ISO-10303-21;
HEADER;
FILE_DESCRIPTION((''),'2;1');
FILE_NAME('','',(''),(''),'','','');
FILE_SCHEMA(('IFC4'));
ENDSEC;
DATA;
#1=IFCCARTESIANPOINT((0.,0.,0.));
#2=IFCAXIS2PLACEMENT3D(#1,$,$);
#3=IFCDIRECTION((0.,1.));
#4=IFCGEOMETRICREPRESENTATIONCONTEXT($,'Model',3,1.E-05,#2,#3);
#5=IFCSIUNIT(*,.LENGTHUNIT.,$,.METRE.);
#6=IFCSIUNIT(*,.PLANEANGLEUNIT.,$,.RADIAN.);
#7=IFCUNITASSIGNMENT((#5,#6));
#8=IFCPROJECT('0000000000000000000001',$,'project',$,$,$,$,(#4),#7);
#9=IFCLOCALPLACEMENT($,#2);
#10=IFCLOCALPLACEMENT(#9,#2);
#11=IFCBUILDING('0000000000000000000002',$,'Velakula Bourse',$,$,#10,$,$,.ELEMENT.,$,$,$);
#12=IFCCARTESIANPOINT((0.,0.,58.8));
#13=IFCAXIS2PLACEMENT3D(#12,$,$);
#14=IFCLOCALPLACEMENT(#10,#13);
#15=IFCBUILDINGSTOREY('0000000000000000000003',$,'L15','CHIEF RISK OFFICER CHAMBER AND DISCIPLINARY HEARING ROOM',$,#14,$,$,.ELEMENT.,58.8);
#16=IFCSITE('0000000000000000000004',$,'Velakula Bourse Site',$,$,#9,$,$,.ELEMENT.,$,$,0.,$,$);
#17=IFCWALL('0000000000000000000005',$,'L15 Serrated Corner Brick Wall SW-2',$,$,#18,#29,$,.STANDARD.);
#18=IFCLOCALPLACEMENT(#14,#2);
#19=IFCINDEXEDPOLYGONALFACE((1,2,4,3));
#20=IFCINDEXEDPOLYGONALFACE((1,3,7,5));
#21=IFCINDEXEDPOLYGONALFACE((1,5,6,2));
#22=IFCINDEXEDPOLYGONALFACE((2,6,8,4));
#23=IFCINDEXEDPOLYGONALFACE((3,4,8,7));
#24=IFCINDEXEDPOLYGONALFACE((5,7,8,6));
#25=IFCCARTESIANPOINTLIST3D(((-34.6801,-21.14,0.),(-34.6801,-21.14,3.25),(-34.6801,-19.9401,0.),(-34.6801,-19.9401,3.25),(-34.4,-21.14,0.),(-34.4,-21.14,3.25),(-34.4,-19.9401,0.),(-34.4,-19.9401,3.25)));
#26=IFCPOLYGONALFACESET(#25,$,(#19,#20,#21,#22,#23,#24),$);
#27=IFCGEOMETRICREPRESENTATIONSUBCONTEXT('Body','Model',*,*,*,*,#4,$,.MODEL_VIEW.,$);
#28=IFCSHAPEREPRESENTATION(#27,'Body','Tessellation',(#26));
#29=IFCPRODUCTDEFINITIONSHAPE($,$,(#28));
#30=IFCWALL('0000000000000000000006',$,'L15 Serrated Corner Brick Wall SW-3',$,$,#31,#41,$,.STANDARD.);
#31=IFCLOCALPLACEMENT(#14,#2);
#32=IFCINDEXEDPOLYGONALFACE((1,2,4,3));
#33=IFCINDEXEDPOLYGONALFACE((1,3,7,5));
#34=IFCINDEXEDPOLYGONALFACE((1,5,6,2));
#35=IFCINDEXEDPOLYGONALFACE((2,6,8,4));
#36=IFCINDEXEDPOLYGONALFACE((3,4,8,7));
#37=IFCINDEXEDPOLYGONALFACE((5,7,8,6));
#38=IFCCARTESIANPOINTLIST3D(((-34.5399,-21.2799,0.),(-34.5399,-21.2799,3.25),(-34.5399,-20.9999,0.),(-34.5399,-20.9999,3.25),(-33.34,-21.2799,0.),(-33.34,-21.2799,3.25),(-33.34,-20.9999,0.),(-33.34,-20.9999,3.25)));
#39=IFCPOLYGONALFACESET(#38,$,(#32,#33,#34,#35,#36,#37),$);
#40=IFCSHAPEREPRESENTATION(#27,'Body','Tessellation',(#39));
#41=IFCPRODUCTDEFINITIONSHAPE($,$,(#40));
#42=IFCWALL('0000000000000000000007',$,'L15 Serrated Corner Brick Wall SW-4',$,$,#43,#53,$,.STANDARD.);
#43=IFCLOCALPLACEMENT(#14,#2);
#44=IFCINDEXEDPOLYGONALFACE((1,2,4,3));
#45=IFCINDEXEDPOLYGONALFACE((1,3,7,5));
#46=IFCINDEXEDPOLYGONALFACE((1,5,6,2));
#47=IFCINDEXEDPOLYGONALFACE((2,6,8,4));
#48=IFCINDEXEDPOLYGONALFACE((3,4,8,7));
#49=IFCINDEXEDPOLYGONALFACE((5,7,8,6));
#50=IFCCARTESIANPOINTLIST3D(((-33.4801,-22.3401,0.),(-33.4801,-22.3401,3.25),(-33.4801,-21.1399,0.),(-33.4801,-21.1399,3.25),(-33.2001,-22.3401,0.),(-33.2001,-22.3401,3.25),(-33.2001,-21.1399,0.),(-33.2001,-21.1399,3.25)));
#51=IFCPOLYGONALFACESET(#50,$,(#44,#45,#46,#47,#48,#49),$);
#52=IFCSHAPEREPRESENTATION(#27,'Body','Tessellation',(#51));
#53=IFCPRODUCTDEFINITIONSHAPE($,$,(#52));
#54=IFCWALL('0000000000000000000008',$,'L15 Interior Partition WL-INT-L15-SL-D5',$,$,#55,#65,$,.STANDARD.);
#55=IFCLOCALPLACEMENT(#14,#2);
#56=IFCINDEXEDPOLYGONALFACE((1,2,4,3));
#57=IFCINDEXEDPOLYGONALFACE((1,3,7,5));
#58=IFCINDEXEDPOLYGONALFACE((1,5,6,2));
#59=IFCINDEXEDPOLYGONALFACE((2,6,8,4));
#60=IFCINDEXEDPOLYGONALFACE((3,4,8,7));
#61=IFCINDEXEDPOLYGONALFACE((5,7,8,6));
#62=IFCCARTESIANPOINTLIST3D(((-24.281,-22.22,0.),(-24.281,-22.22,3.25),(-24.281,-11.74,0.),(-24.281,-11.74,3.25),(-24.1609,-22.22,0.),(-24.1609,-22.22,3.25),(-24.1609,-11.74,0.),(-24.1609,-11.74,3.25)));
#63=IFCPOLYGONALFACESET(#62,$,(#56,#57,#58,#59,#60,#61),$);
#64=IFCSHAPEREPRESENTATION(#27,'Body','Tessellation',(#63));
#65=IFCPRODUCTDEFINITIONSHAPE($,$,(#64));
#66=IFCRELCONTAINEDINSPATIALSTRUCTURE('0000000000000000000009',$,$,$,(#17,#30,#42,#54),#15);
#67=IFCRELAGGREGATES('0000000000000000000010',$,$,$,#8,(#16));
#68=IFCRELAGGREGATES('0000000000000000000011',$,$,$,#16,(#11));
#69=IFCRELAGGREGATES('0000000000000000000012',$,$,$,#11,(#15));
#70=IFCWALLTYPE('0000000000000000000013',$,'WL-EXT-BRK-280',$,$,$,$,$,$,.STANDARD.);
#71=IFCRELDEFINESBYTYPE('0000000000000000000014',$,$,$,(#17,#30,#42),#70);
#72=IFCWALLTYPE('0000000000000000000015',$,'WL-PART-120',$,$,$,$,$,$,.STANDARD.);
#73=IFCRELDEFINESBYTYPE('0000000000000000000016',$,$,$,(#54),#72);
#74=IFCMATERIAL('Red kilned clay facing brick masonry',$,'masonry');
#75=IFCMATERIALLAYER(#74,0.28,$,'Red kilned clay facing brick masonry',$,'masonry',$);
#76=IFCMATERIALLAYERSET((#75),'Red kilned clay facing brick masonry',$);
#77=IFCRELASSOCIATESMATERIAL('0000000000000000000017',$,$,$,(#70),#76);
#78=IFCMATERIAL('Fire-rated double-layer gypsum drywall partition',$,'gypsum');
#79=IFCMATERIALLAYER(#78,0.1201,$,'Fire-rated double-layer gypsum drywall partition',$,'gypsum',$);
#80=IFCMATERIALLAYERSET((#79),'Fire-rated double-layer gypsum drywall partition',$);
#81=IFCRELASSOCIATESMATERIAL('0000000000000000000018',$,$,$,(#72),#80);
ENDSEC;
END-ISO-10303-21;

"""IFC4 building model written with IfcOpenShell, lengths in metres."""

from ifc_helpers import new_model, si_unit, direction, frame, frame_2d, origin, place, context, subcontext, project, spatial, rectangle, extrude, material, layer, layer_set, type_object, element, save


model = new_model("IFC4")

# Units and contexts
model_context = context("Model", 3, precision=1e-05, world=origin(), true_north=direction((0.0, 1.0)))
body_context = subcontext(model_context, "Body", "Model", "MODEL_VIEW")
ifc_project = project(units=[si_unit("LENGTHUNIT", "METRE"), si_unit("PLANEANGLEUNIT", "RADIAN")], contexts=[model_context])

# Site, building, storey
site_placement = place(None, origin())
site = spatial("IfcSite", under=ifc_project, at=site_placement, Name="Velakula Bourse Site", CompositionType="ELEMENT", RefElevation=0.0)
building_placement = place(site_placement, origin())
building = spatial("IfcBuilding", under=site, at=building_placement, Name="Velakula Bourse", CompositionType="ELEMENT")
storey_placement = place(building_placement, frame((0.0, 0.0, 58.8)))
storey = spatial("IfcBuildingStorey", under=building, at=storey_placement, Name="L15", Description="CHIEF RISK OFFICER CHAMBER AND DISCIPLINARY HEARING ROOM", CompositionType="ELEMENT", Elevation=58.8)

# Shared definitions
ifc_material_1 = material(Name="Red kilned clay facing brick masonry", Category="masonry")
ifc_layer_1 = layer(ifc_material_1, 0.28, Name="Red kilned clay facing brick masonry", Category="masonry")
ifc_layer_set_1 = layer_set([ifc_layer_1], Name="Red kilned clay facing brick masonry")
wall_type_1 = type_object("IfcWallType", Name="WL-EXT-BRK-280", PredefinedType="STANDARD", material=ifc_layer_set_1)

# Walls
for number, where, z_axis, x_axis, name in (
    (1, (-34.54, -19.9399, 0.0), (0.0, 0.0, 1.0), (0.0, -1.0, 0.0), "L15 Serrated Corner Brick Wall SW-2"),
    (2, (-34.54, -21.1399, 0.0), (0.0, 0.0, 1.0), (1.0, 0.0, 0.0), "L15 Serrated Corner Brick Wall SW-3"),
):
    element("IfcWall", number, at=place(storey_placement, frame(where, z_axis=z_axis, x_axis=x_axis)), inside=storey, type_object=wall_type_1, Name=name, PredefinedType="STANDARD", context=body_context, shape_type="SweptSolid", body=[
        extrude(rectangle(XDim=1.2, YDim=0.28, at=frame_2d((0.6001, 0.0))), origin(), (0.0, 0.0, 1.0), 3.25),
    ])
wall_1_placement = place(storey_placement, frame((-33.3401, -21.1399, 0.0), z_axis=(0.0, 0.0, 1.0), x_axis=(0.0, -1.0, 0.0)))
element("IfcWall", 3, at=wall_1_placement, inside=storey, type_object=wall_type_1, Name="L15 Serrated Corner Brick Wall SW-4", PredefinedType="STANDARD", context=body_context, shape_type="SweptSolid", body=[
    extrude(rectangle(XDim=1.2002, YDim=0.28, at=frame_2d((0.6001, 0.0))), origin(), (0.0, 0.0, 1.0), 3.25),
])
ifc_material_2 = material(Name="Fire-rated double-layer gypsum drywall partition", Category="gypsum")
ifc_layer_2 = layer(ifc_material_2, 0.1201, Name="Fire-rated double-layer gypsum drywall partition", Category="gypsum")
ifc_layer_set_2 = layer_set([ifc_layer_2], Name="Fire-rated double-layer gypsum drywall partition")
wall_type_2 = type_object("IfcWallType", Name="WL-PART-120", PredefinedType="STANDARD", material=ifc_layer_set_2)
wall_2_placement = place(storey_placement, frame((-24.2209, -22.22, 0.0), z_axis=(0.0, 0.0, 1.0), x_axis=(0.0, 1.0, 0.0)))
element("IfcWall", 4, at=wall_2_placement, inside=storey, type_object=wall_type_2, Name="L15 Interior Partition WL-INT-L15-SL-D5", PredefinedType="STANDARD", context=body_context, shape_type="SweptSolid", body=[
    extrude(rectangle(XDim=10.48, YDim=0.1201, at=frame_2d((5.24, 0.0))), origin(), (0.0, 0.0, 1.0), 3.25),
])

save(model, "model.ifc")
